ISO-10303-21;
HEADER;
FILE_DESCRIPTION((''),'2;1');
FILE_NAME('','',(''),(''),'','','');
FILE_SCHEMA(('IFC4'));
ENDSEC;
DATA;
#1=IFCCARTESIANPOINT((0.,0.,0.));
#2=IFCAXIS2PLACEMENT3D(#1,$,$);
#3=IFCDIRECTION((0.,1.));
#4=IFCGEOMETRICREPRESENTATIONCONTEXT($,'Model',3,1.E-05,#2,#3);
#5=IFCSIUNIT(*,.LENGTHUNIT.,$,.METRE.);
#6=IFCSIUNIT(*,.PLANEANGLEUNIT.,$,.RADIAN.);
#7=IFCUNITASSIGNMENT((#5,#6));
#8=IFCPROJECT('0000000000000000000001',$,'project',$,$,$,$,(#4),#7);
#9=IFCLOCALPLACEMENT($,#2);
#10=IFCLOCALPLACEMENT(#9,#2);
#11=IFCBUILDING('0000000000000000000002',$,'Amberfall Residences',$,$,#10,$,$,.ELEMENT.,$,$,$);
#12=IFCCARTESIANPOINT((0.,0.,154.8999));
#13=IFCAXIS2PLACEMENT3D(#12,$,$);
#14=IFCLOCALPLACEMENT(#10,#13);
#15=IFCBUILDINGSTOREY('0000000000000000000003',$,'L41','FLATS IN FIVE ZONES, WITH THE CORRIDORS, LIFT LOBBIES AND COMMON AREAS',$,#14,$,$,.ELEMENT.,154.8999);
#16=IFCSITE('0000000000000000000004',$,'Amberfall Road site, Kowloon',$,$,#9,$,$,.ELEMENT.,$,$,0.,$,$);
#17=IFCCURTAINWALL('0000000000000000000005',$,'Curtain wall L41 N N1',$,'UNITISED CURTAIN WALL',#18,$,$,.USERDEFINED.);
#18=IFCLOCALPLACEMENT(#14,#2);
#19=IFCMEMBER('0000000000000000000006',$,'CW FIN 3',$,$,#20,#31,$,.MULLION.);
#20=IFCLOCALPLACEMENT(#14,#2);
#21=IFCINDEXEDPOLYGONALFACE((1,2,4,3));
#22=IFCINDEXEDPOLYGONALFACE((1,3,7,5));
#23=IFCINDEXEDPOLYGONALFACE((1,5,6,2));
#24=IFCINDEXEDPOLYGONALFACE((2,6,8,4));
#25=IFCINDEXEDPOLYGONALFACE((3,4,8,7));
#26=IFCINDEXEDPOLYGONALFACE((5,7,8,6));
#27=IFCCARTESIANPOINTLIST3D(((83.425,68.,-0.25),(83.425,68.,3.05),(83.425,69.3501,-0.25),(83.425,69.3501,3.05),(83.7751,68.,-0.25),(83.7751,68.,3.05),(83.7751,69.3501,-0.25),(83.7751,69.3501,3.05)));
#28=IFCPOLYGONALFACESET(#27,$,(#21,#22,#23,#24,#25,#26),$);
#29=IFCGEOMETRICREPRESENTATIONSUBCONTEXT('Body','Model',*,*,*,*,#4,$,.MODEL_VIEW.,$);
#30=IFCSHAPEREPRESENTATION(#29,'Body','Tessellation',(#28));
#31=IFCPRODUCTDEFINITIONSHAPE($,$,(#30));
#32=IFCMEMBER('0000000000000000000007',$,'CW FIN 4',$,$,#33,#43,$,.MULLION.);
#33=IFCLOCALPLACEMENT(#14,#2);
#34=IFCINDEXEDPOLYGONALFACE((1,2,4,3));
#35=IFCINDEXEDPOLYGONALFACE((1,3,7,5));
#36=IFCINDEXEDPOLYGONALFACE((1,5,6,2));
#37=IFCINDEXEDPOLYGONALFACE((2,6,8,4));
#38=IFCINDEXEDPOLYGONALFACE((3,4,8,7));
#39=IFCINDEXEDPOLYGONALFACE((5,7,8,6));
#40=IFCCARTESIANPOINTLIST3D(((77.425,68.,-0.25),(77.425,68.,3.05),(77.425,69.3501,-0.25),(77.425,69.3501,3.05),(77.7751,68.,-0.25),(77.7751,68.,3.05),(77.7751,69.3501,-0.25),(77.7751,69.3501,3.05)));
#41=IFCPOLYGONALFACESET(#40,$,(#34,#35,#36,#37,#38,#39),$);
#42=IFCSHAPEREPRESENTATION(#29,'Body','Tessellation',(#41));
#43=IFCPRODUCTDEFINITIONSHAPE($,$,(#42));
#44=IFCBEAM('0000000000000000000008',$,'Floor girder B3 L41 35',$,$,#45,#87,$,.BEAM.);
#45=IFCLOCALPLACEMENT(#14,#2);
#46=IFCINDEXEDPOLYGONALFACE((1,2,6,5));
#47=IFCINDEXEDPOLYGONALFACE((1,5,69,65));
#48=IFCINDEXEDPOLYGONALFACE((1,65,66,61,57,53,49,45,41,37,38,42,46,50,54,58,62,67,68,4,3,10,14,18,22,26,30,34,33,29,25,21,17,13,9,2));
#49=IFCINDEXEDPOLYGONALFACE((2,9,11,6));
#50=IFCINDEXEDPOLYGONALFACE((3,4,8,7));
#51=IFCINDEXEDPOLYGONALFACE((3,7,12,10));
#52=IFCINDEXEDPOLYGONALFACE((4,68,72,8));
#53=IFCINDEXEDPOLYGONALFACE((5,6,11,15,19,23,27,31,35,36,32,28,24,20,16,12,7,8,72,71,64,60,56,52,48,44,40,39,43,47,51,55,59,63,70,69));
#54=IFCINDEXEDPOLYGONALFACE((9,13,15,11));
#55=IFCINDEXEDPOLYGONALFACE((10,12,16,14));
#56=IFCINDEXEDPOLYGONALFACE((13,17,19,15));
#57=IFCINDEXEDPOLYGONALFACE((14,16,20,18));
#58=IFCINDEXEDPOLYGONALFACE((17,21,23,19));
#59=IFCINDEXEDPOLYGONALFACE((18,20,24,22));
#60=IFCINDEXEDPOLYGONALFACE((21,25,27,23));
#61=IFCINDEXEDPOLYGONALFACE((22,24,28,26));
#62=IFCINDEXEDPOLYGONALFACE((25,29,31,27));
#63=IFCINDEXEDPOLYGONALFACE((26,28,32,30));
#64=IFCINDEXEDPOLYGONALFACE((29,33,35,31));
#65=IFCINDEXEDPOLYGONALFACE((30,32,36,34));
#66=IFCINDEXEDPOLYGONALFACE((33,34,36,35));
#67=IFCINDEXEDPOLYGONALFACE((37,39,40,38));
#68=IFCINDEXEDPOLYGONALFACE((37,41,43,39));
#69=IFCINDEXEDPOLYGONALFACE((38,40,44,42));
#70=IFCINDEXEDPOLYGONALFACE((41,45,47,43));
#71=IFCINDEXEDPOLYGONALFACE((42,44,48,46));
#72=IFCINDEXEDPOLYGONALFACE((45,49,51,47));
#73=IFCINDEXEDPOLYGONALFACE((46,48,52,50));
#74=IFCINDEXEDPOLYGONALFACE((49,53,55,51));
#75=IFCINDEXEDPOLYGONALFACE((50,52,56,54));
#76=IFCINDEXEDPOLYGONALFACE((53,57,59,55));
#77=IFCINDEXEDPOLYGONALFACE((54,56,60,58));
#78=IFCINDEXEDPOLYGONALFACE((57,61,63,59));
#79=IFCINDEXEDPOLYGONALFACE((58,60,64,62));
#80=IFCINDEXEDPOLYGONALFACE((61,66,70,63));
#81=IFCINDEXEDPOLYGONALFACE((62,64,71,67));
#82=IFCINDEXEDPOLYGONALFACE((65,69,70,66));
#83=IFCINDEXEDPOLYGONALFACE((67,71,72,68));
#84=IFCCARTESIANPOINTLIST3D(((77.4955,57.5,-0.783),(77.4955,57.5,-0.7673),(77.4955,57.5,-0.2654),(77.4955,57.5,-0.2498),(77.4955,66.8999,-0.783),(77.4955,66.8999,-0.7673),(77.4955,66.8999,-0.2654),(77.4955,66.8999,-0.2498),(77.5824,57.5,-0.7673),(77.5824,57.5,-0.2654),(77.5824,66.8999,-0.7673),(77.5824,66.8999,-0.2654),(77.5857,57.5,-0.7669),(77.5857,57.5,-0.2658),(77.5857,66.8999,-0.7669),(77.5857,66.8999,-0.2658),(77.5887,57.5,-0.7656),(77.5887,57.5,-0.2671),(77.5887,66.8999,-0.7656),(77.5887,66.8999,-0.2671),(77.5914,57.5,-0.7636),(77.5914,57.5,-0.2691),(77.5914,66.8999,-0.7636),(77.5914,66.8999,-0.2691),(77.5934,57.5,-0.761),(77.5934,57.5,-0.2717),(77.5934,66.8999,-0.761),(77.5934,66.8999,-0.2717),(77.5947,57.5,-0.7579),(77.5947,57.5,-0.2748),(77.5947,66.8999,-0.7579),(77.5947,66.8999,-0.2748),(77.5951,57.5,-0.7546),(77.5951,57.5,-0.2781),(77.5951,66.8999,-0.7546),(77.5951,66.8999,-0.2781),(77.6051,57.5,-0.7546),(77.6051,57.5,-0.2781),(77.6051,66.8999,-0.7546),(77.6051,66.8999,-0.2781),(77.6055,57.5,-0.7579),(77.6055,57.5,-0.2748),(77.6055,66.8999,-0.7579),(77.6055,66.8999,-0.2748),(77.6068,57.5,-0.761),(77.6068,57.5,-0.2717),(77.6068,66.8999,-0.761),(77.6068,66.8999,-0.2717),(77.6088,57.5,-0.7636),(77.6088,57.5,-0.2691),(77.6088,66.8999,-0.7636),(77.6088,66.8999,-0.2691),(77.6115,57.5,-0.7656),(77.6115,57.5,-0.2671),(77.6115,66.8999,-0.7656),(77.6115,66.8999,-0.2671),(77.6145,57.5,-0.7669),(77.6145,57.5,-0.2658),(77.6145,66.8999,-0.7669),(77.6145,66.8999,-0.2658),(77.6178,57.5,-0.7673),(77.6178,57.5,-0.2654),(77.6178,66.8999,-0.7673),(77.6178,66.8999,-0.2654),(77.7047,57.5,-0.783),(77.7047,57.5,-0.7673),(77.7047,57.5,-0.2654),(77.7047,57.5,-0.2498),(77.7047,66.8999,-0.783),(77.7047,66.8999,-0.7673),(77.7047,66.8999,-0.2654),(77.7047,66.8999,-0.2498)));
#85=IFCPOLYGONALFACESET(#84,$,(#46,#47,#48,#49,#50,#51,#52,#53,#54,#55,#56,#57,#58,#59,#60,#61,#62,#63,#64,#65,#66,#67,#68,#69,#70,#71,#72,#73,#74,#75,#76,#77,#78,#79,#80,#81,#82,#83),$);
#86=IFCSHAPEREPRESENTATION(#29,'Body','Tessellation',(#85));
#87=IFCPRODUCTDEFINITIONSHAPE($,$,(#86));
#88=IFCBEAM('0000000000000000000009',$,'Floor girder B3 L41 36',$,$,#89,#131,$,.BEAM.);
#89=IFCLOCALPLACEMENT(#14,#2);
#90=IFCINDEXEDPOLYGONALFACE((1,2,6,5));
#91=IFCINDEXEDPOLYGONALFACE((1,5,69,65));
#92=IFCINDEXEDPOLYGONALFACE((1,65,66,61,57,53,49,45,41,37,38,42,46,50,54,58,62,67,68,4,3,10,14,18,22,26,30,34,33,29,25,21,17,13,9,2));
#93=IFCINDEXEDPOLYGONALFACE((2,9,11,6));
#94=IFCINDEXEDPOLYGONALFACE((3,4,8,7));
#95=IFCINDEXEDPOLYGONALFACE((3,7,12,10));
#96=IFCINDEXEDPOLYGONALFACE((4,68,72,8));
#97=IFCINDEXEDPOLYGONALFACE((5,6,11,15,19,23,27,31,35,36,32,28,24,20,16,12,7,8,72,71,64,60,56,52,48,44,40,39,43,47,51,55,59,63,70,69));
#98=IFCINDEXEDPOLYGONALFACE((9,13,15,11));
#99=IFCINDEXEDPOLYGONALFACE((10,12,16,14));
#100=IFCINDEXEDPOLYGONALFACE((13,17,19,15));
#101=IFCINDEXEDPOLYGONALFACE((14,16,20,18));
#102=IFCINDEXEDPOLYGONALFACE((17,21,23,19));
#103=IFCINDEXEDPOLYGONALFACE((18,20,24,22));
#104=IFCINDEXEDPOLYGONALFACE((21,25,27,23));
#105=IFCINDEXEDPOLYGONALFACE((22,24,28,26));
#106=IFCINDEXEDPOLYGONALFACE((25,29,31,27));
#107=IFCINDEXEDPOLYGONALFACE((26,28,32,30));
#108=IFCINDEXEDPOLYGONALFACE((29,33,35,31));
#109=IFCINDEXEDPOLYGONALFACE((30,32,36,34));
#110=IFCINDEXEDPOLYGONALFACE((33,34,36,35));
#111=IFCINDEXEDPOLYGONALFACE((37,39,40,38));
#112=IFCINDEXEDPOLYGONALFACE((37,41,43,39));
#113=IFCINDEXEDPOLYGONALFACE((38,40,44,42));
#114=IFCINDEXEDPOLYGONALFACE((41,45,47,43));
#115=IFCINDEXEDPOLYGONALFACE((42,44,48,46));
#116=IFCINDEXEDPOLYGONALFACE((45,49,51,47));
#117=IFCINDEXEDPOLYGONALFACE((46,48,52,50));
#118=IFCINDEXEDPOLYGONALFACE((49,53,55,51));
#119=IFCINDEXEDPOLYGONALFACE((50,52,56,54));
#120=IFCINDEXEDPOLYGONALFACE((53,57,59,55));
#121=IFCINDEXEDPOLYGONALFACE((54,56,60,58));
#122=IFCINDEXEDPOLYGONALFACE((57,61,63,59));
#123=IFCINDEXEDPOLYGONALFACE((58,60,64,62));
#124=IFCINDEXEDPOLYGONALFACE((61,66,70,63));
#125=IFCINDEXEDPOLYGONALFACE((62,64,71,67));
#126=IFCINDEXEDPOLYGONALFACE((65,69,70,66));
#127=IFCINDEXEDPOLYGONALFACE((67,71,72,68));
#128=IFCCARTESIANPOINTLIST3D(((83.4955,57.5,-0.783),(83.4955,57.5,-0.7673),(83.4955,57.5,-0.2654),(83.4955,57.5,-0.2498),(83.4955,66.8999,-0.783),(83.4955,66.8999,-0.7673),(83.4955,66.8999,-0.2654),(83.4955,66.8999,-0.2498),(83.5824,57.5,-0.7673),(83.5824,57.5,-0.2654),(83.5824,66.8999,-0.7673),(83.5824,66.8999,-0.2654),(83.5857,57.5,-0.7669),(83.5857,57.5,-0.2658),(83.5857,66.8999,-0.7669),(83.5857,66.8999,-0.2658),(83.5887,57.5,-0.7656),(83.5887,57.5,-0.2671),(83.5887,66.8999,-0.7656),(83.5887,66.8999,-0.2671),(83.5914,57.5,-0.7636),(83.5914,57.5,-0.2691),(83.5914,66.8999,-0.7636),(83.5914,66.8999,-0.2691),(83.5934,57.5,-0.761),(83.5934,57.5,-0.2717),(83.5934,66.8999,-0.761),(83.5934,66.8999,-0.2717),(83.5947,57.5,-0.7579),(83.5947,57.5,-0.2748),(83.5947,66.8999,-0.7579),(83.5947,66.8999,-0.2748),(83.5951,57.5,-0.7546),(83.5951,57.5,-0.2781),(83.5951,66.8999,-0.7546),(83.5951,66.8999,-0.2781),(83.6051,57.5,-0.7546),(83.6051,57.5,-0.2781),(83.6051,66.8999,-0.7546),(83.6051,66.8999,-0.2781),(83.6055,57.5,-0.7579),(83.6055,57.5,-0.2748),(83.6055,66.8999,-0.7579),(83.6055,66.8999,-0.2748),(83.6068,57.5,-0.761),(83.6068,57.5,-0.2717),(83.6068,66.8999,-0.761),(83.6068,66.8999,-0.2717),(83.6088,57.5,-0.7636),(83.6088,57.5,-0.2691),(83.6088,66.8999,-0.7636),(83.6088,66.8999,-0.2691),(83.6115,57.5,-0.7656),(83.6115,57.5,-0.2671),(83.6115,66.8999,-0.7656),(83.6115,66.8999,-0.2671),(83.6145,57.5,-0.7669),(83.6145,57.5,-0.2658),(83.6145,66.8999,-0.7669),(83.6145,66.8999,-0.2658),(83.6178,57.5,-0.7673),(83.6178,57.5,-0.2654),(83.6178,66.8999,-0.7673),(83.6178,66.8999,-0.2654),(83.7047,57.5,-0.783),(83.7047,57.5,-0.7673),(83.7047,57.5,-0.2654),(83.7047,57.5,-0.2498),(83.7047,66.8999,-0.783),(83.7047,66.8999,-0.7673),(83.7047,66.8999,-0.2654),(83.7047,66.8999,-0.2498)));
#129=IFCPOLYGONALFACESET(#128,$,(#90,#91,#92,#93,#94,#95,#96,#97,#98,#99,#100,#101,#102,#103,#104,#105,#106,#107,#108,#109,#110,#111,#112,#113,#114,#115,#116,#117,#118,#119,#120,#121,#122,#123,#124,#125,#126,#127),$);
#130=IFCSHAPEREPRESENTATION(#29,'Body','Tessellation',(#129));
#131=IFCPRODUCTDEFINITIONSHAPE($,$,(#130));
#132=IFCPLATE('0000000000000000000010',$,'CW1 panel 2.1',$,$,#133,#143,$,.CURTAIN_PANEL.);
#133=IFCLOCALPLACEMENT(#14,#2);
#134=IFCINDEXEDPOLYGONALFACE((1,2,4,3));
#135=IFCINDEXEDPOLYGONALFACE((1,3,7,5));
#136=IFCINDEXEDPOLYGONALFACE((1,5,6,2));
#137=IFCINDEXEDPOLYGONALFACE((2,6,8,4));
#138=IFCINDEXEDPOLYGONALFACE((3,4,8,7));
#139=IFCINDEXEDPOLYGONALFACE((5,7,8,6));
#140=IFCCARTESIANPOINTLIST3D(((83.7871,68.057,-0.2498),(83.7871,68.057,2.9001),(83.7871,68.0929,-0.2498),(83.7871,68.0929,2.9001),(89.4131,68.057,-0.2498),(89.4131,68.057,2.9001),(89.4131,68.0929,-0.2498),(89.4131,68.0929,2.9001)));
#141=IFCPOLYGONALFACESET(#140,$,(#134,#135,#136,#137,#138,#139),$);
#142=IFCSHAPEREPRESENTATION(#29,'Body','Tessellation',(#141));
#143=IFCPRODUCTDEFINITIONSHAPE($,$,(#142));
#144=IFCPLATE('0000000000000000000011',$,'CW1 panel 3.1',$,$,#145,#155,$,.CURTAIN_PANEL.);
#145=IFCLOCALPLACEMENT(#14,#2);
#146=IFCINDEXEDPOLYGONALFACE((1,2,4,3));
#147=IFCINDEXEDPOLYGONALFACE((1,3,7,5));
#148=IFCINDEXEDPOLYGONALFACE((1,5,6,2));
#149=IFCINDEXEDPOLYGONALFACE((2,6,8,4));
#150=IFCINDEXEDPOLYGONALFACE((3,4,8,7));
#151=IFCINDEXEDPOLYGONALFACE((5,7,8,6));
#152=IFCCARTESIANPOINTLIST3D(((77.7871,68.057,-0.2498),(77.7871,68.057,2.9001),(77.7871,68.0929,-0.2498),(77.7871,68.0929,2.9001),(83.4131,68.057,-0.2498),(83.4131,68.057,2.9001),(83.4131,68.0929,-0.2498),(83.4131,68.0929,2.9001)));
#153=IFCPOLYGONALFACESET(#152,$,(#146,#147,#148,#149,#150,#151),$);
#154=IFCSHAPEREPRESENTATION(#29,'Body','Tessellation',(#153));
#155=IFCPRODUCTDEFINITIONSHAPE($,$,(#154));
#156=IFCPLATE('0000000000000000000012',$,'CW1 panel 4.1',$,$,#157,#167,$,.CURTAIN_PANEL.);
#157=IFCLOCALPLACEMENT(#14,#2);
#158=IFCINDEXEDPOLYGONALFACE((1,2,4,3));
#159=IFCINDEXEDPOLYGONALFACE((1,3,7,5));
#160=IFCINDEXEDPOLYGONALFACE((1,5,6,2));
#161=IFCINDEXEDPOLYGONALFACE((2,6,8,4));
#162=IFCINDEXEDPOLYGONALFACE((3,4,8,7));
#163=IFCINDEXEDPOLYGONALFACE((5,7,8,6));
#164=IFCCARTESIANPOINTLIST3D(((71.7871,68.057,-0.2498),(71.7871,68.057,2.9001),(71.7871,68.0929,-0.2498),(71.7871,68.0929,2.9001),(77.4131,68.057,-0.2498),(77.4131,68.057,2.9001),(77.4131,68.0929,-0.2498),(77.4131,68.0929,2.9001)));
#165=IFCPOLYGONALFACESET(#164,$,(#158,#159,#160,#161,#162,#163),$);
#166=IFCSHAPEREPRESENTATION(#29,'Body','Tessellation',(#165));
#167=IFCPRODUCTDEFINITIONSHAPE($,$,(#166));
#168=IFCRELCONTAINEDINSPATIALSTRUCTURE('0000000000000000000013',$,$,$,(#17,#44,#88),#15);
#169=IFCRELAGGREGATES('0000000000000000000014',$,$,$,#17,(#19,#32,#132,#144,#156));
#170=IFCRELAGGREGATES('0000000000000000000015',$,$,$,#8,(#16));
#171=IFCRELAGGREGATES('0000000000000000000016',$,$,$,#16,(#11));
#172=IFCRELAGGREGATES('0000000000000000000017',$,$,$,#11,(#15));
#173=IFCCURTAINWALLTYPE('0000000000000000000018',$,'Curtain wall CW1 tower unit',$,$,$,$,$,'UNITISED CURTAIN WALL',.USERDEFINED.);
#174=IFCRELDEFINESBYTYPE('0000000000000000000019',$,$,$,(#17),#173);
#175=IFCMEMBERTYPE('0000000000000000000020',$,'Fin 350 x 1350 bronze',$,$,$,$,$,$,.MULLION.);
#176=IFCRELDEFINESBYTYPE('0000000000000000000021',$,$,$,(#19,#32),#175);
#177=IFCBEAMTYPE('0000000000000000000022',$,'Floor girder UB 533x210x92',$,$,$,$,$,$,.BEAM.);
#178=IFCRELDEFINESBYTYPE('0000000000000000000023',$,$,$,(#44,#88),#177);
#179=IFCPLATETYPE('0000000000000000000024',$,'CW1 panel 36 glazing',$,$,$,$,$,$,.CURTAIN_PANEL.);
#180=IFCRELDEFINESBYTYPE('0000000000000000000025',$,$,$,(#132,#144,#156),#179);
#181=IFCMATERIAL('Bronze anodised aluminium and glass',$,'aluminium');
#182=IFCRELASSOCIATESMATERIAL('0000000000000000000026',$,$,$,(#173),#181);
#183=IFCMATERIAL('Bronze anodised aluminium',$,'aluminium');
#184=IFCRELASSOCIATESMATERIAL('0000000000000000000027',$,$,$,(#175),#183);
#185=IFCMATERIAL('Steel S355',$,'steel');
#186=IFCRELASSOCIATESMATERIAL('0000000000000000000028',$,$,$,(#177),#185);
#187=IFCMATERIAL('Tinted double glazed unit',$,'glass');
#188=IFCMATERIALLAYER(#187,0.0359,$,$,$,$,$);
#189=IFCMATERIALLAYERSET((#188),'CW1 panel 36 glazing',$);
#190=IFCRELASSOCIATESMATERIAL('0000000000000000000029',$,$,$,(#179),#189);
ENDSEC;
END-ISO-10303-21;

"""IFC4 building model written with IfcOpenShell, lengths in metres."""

from ifc_helpers import new_model, si_unit, direction, frame, origin, origin_2d, place, context, subcontext, project, spatial, rectangle, i_section, extrude, material, layer, layer_set, material_profile, profile_set, type_object, element, aggregate, save


model = new_model("IFC4")

# Units and contexts
model_context = context("Model", 3, precision=1e-05, world=origin(), true_north=direction((0.0, 1.0)))
body_context = subcontext(model_context, "Body", "Model", "MODEL_VIEW")
ifc_project = project(units=[si_unit("LENGTHUNIT", "METRE"), si_unit("PLANEANGLEUNIT", "RADIAN")], contexts=[model_context])

# Site, building, storey
site_placement = place(None, origin())
site = spatial("IfcSite", under=ifc_project, at=site_placement, Name="Amberfall Road site, Kowloon", CompositionType="ELEMENT", RefElevation=0.0)
building_placement = place(site_placement, origin())
building = spatial("IfcBuilding", under=site, at=building_placement, Name="Amberfall Residences", CompositionType="ELEMENT")
storey_placement = place(building_placement, frame((0.0, 0.0, 154.8999)))
storey = spatial("IfcBuildingStorey", under=building, at=storey_placement, Name="L41", Description="FLATS IN FIVE ZONES, WITH THE CORRIDORS, LIFT LOBBIES AND COMMON AREAS", CompositionType="ELEMENT", Elevation=154.8999)

# Curtain wall
ifc_material_1 = material(Name="Bronze anodised aluminium and glass", Category="aluminium")
curtain_wall_type = type_object("IfcCurtainWallType", Name="Curtain wall CW1 tower unit", ElementType="UNITISED CURTAIN WALL", PredefinedType="USERDEFINED", material=ifc_material_1)
curtain_wall_placement = place(storey_placement, origin())
curtain_wall = element("IfcCurtainWall", 1, at=curtain_wall_placement, inside=storey, type_object=curtain_wall_type, Name="Curtain wall L41 N N1", ObjectType="UNITISED CURTAIN WALL", PredefinedType="USERDEFINED")
ifc_material_2 = material(Name="Bronze anodised aluminium", Category="aluminium")

# Shared definitions
ifc_material_3 = material(Name="Steel S355", Category="steel")

# Members
ifc_material_profile_1 = material_profile(ifc_material_2, rectangle(XDim=1.3501, YDim=0.3501, at=origin_2d()), Name="Fin 350 x 1350 bronze")
ifc_profile_set_1 = profile_set([ifc_material_profile_1], Name="Bronze anodised aluminium")
member_type_1 = type_object("IfcMemberType", Name="Fin 350 x 1350 bronze", PredefinedType="MULLION", material=ifc_profile_set_1)
member_1_placement = place(storey_placement, frame((83.6001, 68.675, -0.25), z_axis=(0.0, 0.0, 1.0), x_axis=(0.0, -1.0, 0.0)))
member_1 = element("IfcMember", 2, at=member_1_placement, type_object=member_type_1, Name="CW FIN 3", PredefinedType="MULLION", context=body_context, shape_type="SweptSolid", body=[
    extrude(rectangle(XDim=1.3501, YDim=0.3501, at=origin_2d()), origin(), (0.0, 0.0, 1.0), 3.3),
])
member_2_placement = place(storey_placement, frame((77.6001, 68.675, -0.25), z_axis=(0.0, 0.0, 1.0), x_axis=(0.0, -1.0, 0.0)))
member_2 = element("IfcMember", 3, at=member_2_placement, type_object=member_type_1, Name="CW FIN 4", PredefinedType="MULLION", context=body_context, shape_type="SweptSolid", body=[
    extrude(rectangle(XDim=1.3501, YDim=0.3501, at=origin_2d()), origin(), (0.0, 0.0, 1.0), 3.3),
])

# Beams
ifc_material_profile_2 = material_profile(ifc_material_3, i_section(OverallWidth=0.2092, OverallDepth=0.5332, WebThickness=0.01, FlangeThickness=0.0156, FilletRadius=0.0127, at=origin_2d()), Name="UB 533x210x92")
ifc_profile_set_2 = profile_set([ifc_material_profile_2], Name="Steel S355")
beam_type_1 = type_object("IfcBeamType", Name="Floor girder UB 533x210x92", PredefinedType="BEAM", material=ifc_profile_set_2)
for number, where, z_axis, x_axis, name in (
    (4, (77.6001, 66.8999, -0.5164), (0.0, -1.0, 0.0), (1.0, 0.0, 0.0), "Floor girder B3 L41 35"),
    (5, (83.6001, 66.8999, -0.5164), (0.0, -1.0, 0.0), (1.0, 0.0, 0.0), "Floor girder B3 L41 36"),
):
    element("IfcBeam", number, at=place(storey_placement, frame(where, z_axis=z_axis, x_axis=x_axis)), inside=storey, type_object=beam_type_1, Name=name, PredefinedType="BEAM", context=body_context, shape_type="SweptSolid", body=[
        extrude(i_section(OverallWidth=0.2092, OverallDepth=0.5332, WebThickness=0.01, FlangeThickness=0.0156, FilletRadius=0.0127, at=origin_2d()), origin(), (0.0, 0.0, 1.0), 9.3999),
    ])

# Plates
ifc_material_4 = material(Name="Tinted double glazed unit", Category="glass")
ifc_layer_1 = layer(ifc_material_4, 0.0359)
ifc_layer_set_1 = layer_set([ifc_layer_1], Name="CW1 panel 36 glazing")
plate_type = type_object("IfcPlateType", Name="CW1 panel 36 glazing", PredefinedType="CURTAIN_PANEL", material=ifc_layer_set_1)
plate_1_placement = place(storey_placement, frame((86.6001, 68.075, -0.2498), z_axis=(0.0, 0.0, 1.0), x_axis=(-1.0, 0.0, 0.0)))
plate_1 = element("IfcPlate", 6, at=plate_1_placement, type_object=plate_type, Name="CW1 panel 2.1", PredefinedType="CURTAIN_PANEL", context=body_context, shape_type="SweptSolid", body=[
    extrude(rectangle(XDim=5.626, YDim=0.0359, at=origin_2d()), origin(), (0.0, 0.0, 1.0), 3.1499),
])
plate_2_placement = place(storey_placement, frame((80.6001, 68.075, -0.2498), z_axis=(0.0, 0.0, 1.0), x_axis=(-1.0, 0.0, 0.0)))
plate_2 = element("IfcPlate", 7, at=plate_2_placement, type_object=plate_type, Name="CW1 panel 3.1", PredefinedType="CURTAIN_PANEL", context=body_context, shape_type="SweptSolid", body=[
    extrude(rectangle(XDim=5.626, YDim=0.0359, at=origin_2d()), origin(), (0.0, 0.0, 1.0), 3.1499),
])
plate_3_placement = place(storey_placement, frame((74.6001, 68.075, -0.2498), z_axis=(0.0, 0.0, 1.0), x_axis=(-1.0, 0.0, 0.0)))
plate_3 = element("IfcPlate", 8, at=plate_3_placement, type_object=plate_type, Name="CW1 panel 4.1", PredefinedType="CURTAIN_PANEL", context=body_context, shape_type="SweptSolid", body=[
    extrude(rectangle(XDim=5.626, YDim=0.0359, at=origin_2d()), origin(), (0.0, 0.0, 1.0), 3.1499),
])
aggregate(curtain_wall, [member_1, member_2, plate_1, plate_2, plate_3])

save(model, "model.ifc")
